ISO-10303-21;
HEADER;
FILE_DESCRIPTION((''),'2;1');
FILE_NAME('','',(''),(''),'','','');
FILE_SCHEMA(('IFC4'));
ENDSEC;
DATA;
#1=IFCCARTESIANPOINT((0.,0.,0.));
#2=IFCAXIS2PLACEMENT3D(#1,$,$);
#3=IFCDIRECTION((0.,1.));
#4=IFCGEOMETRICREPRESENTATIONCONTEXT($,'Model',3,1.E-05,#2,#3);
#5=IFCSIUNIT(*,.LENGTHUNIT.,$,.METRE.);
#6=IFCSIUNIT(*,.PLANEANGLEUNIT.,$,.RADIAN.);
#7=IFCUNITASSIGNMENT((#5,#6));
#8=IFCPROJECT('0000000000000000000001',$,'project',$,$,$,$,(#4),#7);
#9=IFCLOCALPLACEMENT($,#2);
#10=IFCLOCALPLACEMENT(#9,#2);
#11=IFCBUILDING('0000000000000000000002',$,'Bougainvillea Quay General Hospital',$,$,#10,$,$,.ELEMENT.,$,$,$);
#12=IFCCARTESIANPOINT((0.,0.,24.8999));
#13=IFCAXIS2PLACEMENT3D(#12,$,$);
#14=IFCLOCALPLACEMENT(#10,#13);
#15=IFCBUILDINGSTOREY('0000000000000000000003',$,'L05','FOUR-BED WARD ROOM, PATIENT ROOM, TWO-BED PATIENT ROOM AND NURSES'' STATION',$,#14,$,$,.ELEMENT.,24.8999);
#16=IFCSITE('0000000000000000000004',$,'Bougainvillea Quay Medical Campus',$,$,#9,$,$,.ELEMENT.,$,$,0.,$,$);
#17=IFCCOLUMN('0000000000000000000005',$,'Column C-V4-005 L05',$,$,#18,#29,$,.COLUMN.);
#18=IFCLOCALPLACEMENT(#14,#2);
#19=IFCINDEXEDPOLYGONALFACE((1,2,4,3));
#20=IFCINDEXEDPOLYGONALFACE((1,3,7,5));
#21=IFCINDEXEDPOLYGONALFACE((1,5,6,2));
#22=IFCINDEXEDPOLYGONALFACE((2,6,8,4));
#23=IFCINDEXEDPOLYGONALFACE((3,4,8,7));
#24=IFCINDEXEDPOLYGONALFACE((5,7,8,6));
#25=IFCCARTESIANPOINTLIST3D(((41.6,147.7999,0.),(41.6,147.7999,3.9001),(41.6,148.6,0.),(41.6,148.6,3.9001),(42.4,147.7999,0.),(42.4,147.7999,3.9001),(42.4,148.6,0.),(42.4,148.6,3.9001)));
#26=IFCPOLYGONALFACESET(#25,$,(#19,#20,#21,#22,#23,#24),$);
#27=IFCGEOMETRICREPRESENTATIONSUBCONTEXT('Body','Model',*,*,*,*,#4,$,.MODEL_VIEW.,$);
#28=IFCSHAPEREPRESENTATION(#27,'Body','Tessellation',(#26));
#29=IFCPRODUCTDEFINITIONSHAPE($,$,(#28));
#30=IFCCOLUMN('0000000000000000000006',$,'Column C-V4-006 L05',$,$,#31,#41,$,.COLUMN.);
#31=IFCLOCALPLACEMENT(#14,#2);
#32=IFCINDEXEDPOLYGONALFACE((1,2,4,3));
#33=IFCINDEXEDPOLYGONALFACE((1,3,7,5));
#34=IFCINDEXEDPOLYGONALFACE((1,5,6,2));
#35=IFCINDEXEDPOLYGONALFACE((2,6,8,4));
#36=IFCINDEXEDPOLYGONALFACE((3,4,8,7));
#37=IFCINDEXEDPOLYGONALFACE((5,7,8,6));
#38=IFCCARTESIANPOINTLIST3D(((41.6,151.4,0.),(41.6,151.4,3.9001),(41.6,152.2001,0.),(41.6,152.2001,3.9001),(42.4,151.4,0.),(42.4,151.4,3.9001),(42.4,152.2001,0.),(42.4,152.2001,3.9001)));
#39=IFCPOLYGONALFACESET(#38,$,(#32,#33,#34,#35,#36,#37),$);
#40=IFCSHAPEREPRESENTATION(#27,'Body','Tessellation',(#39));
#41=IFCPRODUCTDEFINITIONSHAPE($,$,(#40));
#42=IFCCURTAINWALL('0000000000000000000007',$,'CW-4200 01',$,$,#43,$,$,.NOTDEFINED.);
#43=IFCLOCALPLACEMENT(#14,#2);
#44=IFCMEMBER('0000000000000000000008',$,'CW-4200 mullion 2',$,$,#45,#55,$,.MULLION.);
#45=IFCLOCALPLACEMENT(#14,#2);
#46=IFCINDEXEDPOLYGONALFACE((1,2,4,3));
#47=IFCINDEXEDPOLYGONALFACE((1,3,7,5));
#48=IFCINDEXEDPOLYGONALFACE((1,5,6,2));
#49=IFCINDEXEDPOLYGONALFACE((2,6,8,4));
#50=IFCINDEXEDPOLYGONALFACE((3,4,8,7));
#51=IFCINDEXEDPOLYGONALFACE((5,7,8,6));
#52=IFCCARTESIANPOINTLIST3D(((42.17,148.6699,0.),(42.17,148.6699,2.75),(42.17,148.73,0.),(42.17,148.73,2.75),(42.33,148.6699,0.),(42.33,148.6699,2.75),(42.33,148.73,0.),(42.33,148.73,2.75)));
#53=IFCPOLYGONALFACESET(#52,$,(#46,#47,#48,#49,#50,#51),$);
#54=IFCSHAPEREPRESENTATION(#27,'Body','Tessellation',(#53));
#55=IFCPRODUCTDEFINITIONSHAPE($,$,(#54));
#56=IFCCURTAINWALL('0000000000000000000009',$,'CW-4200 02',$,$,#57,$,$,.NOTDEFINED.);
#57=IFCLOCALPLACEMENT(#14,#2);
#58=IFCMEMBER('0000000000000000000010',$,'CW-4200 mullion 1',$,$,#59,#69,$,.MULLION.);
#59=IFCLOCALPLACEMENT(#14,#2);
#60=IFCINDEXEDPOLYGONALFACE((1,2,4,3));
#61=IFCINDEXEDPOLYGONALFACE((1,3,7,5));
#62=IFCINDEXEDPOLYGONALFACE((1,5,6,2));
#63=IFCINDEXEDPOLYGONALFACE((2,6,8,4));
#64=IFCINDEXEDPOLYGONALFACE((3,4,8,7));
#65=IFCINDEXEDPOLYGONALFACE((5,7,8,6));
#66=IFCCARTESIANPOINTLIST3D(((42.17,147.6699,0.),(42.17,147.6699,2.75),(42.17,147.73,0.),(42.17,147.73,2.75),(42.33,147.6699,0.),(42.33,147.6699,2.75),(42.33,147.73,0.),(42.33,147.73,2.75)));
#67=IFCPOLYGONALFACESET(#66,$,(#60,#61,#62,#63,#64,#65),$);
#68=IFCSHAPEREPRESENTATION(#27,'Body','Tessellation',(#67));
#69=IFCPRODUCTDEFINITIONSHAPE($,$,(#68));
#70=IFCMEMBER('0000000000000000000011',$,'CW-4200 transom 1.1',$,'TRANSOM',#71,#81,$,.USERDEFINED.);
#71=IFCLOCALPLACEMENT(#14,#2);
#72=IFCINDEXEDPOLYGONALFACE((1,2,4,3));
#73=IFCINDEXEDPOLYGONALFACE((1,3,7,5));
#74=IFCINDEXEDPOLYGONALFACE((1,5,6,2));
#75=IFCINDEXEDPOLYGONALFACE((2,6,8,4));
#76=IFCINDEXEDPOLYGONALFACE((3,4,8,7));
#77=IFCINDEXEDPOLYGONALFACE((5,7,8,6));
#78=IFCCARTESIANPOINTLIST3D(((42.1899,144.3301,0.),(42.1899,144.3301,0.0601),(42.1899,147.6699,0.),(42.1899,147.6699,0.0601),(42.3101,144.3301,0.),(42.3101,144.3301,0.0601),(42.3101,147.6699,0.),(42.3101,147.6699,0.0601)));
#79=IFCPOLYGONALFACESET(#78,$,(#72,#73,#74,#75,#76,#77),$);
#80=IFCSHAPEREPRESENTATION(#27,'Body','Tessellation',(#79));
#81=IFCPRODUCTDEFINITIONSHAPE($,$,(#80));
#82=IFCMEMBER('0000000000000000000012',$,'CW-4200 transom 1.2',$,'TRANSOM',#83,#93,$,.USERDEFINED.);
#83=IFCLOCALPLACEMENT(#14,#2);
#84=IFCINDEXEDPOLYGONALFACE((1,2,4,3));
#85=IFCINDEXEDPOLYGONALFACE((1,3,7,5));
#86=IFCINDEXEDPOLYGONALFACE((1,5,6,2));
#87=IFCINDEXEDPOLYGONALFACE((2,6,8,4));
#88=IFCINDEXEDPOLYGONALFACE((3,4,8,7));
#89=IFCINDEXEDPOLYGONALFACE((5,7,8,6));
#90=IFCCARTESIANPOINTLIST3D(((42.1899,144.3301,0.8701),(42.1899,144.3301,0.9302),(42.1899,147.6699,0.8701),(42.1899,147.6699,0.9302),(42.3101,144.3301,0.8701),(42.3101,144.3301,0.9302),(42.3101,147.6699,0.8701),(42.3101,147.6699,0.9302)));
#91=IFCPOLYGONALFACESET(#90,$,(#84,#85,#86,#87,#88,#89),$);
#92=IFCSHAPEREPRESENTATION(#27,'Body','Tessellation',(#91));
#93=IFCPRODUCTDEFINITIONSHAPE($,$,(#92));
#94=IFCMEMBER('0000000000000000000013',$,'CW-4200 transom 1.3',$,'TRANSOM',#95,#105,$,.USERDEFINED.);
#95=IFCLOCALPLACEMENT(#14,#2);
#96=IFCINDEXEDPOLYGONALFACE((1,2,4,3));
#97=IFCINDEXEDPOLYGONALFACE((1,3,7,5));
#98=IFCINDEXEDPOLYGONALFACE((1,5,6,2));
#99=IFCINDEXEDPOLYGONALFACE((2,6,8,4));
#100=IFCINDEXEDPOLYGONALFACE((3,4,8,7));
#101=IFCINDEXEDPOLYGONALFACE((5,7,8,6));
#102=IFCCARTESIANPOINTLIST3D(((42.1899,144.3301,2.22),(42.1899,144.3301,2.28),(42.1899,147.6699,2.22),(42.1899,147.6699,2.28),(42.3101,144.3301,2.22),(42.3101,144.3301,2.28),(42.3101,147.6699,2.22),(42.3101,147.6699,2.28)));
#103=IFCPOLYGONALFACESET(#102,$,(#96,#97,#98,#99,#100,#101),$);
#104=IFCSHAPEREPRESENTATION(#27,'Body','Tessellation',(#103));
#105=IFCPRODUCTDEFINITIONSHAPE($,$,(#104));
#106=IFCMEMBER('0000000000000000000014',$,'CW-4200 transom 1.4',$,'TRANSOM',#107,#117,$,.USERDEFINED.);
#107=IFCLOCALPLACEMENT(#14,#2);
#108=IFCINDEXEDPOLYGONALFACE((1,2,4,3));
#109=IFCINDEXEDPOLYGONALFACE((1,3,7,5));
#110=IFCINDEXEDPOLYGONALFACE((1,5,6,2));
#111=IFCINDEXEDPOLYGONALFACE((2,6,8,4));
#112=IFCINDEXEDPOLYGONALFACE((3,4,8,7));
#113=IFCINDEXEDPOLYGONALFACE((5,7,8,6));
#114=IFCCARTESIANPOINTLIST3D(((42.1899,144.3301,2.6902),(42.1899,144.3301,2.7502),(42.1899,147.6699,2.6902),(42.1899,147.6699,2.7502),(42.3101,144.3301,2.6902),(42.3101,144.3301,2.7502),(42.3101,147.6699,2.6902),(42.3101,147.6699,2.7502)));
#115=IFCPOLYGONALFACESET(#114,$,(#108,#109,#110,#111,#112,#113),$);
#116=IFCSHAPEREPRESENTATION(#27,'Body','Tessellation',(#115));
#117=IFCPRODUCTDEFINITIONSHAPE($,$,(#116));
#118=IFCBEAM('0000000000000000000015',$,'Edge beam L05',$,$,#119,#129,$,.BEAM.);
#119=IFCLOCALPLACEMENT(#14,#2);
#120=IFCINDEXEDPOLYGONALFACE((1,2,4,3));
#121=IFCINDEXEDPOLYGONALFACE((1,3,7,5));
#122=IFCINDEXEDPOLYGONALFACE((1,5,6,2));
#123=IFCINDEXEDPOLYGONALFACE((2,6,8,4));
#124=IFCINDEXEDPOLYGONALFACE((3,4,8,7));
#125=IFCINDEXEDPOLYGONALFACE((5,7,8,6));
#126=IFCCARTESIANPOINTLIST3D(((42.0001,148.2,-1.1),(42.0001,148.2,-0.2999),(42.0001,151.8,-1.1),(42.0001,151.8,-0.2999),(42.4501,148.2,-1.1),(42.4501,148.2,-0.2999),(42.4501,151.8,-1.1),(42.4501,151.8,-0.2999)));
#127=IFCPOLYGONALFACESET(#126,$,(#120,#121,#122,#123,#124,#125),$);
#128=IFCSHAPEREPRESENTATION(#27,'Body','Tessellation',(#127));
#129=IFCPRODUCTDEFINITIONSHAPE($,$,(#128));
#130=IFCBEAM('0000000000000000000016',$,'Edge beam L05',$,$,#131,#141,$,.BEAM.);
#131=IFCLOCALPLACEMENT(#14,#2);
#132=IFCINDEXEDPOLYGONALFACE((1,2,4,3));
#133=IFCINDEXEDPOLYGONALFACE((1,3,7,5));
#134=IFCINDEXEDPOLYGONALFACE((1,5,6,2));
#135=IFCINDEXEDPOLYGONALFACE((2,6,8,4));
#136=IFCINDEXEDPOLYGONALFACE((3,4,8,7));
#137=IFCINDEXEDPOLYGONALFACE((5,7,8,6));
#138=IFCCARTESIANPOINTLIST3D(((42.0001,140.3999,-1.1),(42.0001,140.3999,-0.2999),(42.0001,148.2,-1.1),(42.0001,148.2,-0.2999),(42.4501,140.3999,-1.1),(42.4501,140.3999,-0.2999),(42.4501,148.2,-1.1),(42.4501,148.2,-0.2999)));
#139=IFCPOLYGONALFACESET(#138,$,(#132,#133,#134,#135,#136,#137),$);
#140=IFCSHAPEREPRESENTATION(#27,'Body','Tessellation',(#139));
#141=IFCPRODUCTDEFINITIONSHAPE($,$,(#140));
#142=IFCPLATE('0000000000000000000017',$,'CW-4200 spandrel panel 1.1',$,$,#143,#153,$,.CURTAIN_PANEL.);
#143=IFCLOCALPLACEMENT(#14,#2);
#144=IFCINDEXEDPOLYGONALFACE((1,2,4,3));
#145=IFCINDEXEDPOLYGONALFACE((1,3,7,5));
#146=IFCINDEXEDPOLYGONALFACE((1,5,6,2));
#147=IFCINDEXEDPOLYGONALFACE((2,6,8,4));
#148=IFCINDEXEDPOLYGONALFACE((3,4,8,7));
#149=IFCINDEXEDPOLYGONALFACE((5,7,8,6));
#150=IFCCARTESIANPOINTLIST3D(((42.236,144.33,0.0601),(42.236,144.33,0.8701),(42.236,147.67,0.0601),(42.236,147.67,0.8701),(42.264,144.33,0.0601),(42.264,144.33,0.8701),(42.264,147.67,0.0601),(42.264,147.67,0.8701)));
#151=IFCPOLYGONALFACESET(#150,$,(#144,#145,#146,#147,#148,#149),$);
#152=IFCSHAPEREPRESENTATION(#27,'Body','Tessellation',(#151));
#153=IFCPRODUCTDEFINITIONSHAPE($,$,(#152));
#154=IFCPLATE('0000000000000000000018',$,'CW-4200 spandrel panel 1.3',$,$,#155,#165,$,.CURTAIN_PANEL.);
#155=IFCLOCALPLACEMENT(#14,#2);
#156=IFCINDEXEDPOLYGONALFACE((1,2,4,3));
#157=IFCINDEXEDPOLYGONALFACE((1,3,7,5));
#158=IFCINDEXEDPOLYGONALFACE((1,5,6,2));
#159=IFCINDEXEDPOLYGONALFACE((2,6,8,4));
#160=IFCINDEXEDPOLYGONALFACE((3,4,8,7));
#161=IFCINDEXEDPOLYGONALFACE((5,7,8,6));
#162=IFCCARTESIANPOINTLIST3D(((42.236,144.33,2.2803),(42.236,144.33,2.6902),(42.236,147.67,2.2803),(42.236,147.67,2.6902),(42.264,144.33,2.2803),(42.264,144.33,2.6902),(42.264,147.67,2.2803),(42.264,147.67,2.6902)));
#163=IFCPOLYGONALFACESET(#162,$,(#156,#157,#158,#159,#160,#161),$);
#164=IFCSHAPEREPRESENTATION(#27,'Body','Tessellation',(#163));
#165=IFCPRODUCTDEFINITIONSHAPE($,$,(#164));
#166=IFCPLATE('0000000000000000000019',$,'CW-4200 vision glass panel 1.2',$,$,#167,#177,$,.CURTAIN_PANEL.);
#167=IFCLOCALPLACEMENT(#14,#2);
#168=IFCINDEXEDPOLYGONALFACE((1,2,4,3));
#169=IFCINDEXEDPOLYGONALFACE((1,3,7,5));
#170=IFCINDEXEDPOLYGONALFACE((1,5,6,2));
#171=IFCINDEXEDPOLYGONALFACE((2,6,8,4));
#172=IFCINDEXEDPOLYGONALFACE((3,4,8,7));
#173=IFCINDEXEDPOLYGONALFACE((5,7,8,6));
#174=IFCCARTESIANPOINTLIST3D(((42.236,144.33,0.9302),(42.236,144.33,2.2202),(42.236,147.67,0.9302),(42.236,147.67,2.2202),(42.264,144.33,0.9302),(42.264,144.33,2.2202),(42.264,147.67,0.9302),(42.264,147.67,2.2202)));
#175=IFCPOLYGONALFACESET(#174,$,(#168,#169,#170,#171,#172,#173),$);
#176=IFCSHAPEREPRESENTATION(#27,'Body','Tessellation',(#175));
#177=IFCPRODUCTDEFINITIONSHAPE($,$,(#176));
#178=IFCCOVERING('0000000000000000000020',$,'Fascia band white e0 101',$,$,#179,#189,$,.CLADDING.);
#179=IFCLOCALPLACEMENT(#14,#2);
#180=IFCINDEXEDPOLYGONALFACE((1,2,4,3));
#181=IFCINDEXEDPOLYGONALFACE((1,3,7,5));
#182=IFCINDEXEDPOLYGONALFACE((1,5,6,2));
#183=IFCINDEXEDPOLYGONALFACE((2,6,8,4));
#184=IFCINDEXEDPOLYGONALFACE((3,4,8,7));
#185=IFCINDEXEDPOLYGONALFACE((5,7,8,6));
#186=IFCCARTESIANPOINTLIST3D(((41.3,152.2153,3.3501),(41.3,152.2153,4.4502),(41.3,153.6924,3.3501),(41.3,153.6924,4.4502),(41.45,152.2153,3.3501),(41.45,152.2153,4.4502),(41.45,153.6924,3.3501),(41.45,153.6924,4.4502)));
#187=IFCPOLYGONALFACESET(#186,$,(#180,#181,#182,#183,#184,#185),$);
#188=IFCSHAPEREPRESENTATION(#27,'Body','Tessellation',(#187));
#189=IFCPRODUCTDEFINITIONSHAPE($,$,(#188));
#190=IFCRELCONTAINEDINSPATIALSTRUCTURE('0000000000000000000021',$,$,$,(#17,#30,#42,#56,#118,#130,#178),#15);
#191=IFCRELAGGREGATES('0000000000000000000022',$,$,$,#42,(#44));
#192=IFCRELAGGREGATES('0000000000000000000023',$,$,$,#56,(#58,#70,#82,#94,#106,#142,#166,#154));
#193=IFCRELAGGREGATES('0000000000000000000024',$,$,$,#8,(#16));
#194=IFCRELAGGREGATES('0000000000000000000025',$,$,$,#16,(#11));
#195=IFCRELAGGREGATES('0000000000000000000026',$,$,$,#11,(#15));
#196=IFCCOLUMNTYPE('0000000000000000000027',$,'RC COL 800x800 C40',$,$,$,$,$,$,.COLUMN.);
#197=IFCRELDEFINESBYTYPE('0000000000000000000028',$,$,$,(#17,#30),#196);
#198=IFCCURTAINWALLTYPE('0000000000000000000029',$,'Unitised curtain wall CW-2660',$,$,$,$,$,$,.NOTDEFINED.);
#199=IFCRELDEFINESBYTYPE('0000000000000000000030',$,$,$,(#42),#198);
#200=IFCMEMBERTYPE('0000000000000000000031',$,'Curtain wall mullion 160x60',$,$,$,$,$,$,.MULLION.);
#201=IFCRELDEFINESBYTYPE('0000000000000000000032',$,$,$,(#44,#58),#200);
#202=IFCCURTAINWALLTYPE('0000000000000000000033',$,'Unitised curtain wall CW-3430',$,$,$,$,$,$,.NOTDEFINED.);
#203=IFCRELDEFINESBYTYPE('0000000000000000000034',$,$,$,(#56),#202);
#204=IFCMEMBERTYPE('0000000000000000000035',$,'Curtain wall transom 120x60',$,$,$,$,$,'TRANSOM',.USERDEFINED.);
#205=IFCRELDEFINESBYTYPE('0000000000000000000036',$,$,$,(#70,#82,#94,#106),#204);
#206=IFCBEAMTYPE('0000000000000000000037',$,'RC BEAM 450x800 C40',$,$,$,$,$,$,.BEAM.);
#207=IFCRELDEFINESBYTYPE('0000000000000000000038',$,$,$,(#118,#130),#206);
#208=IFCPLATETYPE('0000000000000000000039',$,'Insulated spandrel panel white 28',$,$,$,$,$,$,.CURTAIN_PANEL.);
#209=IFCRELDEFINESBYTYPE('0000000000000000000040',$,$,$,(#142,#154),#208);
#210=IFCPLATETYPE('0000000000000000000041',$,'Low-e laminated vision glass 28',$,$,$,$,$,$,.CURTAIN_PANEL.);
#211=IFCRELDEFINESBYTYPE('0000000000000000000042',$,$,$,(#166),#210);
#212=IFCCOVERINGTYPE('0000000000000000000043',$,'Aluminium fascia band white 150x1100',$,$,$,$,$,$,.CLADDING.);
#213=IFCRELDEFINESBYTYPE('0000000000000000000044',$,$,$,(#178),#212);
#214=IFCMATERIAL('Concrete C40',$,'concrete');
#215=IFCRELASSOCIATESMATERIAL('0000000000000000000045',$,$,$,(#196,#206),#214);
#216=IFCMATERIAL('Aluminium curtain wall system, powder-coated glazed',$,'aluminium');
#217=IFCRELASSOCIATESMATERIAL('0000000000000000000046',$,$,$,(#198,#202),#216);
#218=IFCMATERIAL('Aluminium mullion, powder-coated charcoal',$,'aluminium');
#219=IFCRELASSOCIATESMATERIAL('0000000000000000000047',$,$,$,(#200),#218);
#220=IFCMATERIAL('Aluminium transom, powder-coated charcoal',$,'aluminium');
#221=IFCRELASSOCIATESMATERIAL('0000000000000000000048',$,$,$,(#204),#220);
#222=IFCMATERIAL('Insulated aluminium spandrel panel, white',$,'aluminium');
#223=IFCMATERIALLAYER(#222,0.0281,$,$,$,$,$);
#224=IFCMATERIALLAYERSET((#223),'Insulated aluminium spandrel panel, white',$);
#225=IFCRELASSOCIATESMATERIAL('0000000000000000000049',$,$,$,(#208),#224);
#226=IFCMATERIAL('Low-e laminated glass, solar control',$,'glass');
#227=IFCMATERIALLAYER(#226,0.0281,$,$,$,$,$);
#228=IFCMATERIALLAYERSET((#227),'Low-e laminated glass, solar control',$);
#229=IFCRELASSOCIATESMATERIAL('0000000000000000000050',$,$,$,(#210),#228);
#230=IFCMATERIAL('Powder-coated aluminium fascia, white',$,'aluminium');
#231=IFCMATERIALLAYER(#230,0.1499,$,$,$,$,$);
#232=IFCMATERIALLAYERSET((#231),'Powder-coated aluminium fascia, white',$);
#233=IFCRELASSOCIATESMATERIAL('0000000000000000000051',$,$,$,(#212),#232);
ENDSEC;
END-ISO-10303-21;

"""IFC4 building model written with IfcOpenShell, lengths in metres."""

from ifc_helpers import new_model, si_unit, direction, frame, origin, origin_2d, place, context, subcontext, project, spatial, polyline, rectangle, outline, extrude, material, layer, layer_set, material_profile, profile_set, type_object, element, aggregate, save


model = new_model("IFC4")

# Units and contexts
model_context = context("Model", 3, precision=1e-05, world=origin(), true_north=direction((0.0, 1.0)))
body_context = subcontext(model_context, "Body", "Model", "MODEL_VIEW")
ifc_project = project(units=[si_unit("LENGTHUNIT", "METRE"), si_unit("PLANEANGLEUNIT", "RADIAN")], contexts=[model_context])

# Site, building, storey
site_placement = place(None, origin())
site = spatial("IfcSite", under=ifc_project, at=site_placement, Name="Bougainvillea Quay Medical Campus", CompositionType="ELEMENT", RefElevation=0.0)
building_placement = place(site_placement, origin())
building = spatial("IfcBuilding", under=site, at=building_placement, Name="Bougainvillea Quay General Hospital", CompositionType="ELEMENT")
storey_placement = place(building_placement, frame((0.0, 0.0, 24.8999)))
storey = spatial("IfcBuildingStorey", under=building, at=storey_placement, Name="L05", Description="FOUR-BED WARD ROOM, PATIENT ROOM, TWO-BED PATIENT ROOM AND NURSES' STATION", CompositionType="ELEMENT", Elevation=24.8999)

# Columns
ifc_material_1 = material(Name="Concrete C40", Category="concrete")
ifc_material_profile_1 = material_profile(ifc_material_1, rectangle(XDim=0.8, YDim=0.8, at=origin_2d()))
ifc_profile_set_1 = profile_set([ifc_material_profile_1], Name="Concrete C40")
column_type = type_object("IfcColumnType", Name="RC COL 800x800 C40", PredefinedType="COLUMN", material=ifc_profile_set_1)
for number, where, z_axis, x_axis, name in (
    (1, (42.0, 148.2, 0.0), (0.0, 0.0, 1.0), (1.0, 0.0, 0.0), "Column C-V4-005 L05"),
    (2, (42.0, 151.8, 0.0), (0.0, 0.0, 1.0), (1.0, 0.0, 0.0), "Column C-V4-006 L05"),
):
    element("IfcColumn", number, at=place(storey_placement, frame(where, z_axis=z_axis, x_axis=x_axis)), inside=storey, type_object=column_type, Name=name, PredefinedType="COLUMN", context=body_context, shape_type="SweptSolid", body=[
        extrude(rectangle(XDim=0.8, YDim=0.8, at=origin_2d()), origin(), (0.0, 0.0, 1.0), 3.9001),
    ])

# Curtain wall, member
ifc_material_2 = material(Name="Aluminium curtain wall system, powder-coated glazed", Category="aluminium")
curtain_wall_type_1 = type_object("IfcCurtainWallType", Name="Unitised curtain wall CW-2660", PredefinedType="NOTDEFINED", material=ifc_material_2)
curtain_wall_1_placement = place(storey_placement, origin())
curtain_wall_1 = element("IfcCurtainWall", 3, at=curtain_wall_1_placement, inside=storey, type_object=curtain_wall_type_1, Name="CW-4200 01", PredefinedType="NOTDEFINED")
ifc_material_3 = material(Name="Aluminium mullion, powder-coated charcoal", Category="aluminium")
ifc_material_profile_2 = material_profile(ifc_material_3, rectangle(XDim=0.1599, YDim=0.0601, at=origin_2d()))
ifc_profile_set_2 = profile_set([ifc_material_profile_2], Name="Aluminium mullion, powder-coated charcoal")
member_type_1 = type_object("IfcMemberType", Name="Curtain wall mullion 160x60", PredefinedType="MULLION", material=ifc_profile_set_2)
member_1_placement = place(storey_placement, frame((42.25, 148.7, 0.0), z_axis=(0.0, 0.0, 1.0), x_axis=(1.0, 0.0, 0.0)))
member_1 = element("IfcMember", 4, at=member_1_placement, type_object=member_type_1, Name="CW-4200 mullion 2", PredefinedType="MULLION", context=body_context, shape_type="SweptSolid", body=[
    extrude(rectangle(XDim=0.1599, YDim=0.0601, at=origin_2d()), origin(), (0.0, 0.0, 1.0), 2.75),
])
aggregate(curtain_wall_1, [member_1])

# Curtain wall, members
curtain_wall_type_2 = type_object("IfcCurtainWallType", Name="Unitised curtain wall CW-3430", PredefinedType="NOTDEFINED", material=ifc_material_2)
curtain_wall_2_placement = place(storey_placement, origin())
curtain_wall_2 = element("IfcCurtainWall", 5, at=curtain_wall_2_placement, inside=storey, type_object=curtain_wall_type_2, Name="CW-4200 02", PredefinedType="NOTDEFINED")
member_2_placement = place(storey_placement, frame((42.25, 147.7, 0.0), z_axis=(0.0, 0.0, 1.0), x_axis=(1.0, 0.0, 0.0)))
member_2 = element("IfcMember", 6, at=member_2_placement, type_object=member_type_1, Name="CW-4200 mullion 1", PredefinedType="MULLION", context=body_context, shape_type="SweptSolid", body=[
    extrude(rectangle(XDim=0.1599, YDim=0.0601, at=origin_2d()), origin(), (0.0, 0.0, 1.0), 2.75),
])
ifc_material_4 = material(Name="Aluminium transom, powder-coated charcoal", Category="aluminium")
ifc_material_profile_3 = material_profile(ifc_material_4, rectangle(XDim=0.1201, YDim=0.0601, at=origin_2d()))
ifc_profile_set_3 = profile_set([ifc_material_profile_3], Name="Aluminium transom, powder-coated charcoal")
member_type_2 = type_object("IfcMemberType", Name="Curtain wall transom 120x60", ElementType="TRANSOM", PredefinedType="USERDEFINED", material=ifc_profile_set_3)
member_3_placement = place(storey_placement, frame((42.25, 147.6699, 0.03), z_axis=(0.0, -1.0, 0.0), x_axis=(1.0, 0.0, 0.0)))
member_3 = element("IfcMember", 7, at=member_3_placement, type_object=member_type_2, Name="CW-4200 transom 1.1", ObjectType="TRANSOM", PredefinedType="USERDEFINED", context=body_context, shape_type="SweptSolid", body=[
    extrude(rectangle(XDim=0.1201, YDim=0.0601, at=origin_2d()), origin(), (0.0, 0.0, 1.0), 3.3398),
])
member_4_placement = place(storey_placement, frame((42.25, 147.6699, 0.9001), z_axis=(0.0, -1.0, 0.0), x_axis=(1.0, 0.0, 0.0)))
member_4 = element("IfcMember", 8, at=member_4_placement, type_object=member_type_2, Name="CW-4200 transom 1.2", ObjectType="TRANSOM", PredefinedType="USERDEFINED", context=body_context, shape_type="SweptSolid", body=[
    extrude(rectangle(XDim=0.1201, YDim=0.0601, at=origin_2d()), origin(), (0.0, 0.0, 1.0), 3.3398),
])
member_5_placement = place(storey_placement, frame((42.25, 147.6699, 2.25), z_axis=(0.0, -1.0, 0.0), x_axis=(1.0, 0.0, 0.0)))
member_5 = element("IfcMember", 9, at=member_5_placement, type_object=member_type_2, Name="CW-4200 transom 1.3", ObjectType="TRANSOM", PredefinedType="USERDEFINED", context=body_context, shape_type="SweptSolid", body=[
    extrude(rectangle(XDim=0.1201, YDim=0.0601, at=origin_2d()), origin(), (0.0, 0.0, 1.0), 3.3398),
])
member_6_placement = place(storey_placement, frame((42.25, 147.6699, 2.7202), z_axis=(0.0, -1.0, 0.0), x_axis=(1.0, 0.0, 0.0)))
member_6 = element("IfcMember", 10, at=member_6_placement, type_object=member_type_2, Name="CW-4200 transom 1.4", ObjectType="TRANSOM", PredefinedType="USERDEFINED", context=body_context, shape_type="SweptSolid", body=[
    extrude(rectangle(XDim=0.1201, YDim=0.0601, at=origin_2d()), origin(), (0.0, 0.0, 1.0), 3.3398),
])

# Beams
ifc_material_profile_4 = material_profile(ifc_material_1, rectangle(XDim=0.45, YDim=0.8, at=origin_2d()))
ifc_profile_set_4 = profile_set([ifc_material_profile_4], Name="Concrete C40")
beam_type = type_object("IfcBeamType", Name="RC BEAM 450x800 C40", PredefinedType="BEAM", material=ifc_profile_set_4)
beam_1_placement = place(storey_placement, frame((42.2251, 151.8, -0.7), z_axis=(0.0, -1.0, 0.0), x_axis=(1.0, 0.0, 0.0)))
element("IfcBeam", 11, at=beam_1_placement, inside=storey, type_object=beam_type, Name="Edge beam L05", PredefinedType="BEAM", context=body_context, shape_type="SweptSolid", body=[
    extrude(rectangle(XDim=0.45, YDim=0.8, at=origin_2d()), origin(), (0.0, 0.0, 1.0), 3.6001),
])
beam_2_placement = place(storey_placement, frame((42.2251, 148.2, -0.7), z_axis=(0.0, -1.0, 0.0), x_axis=(1.0, 0.0, 0.0)))
element("IfcBeam", 12, at=beam_2_placement, inside=storey, type_object=beam_type, Name="Edge beam L05", PredefinedType="BEAM", context=body_context, shape_type="SweptSolid", body=[
    extrude(rectangle(XDim=0.45, YDim=0.8, at=origin_2d()), origin(), (0.0, 0.0, 1.0), 7.8),
])

# Plates
ifc_material_5 = material(Name="Insulated aluminium spandrel panel, white", Category="aluminium")
ifc_layer_1 = layer(ifc_material_5, 0.0281)
ifc_layer_set_1 = layer_set([ifc_layer_1], Name="Insulated aluminium spandrel panel, white")
plate_type_1 = type_object("IfcPlateType", Name="Insulated spandrel panel white 28", PredefinedType="CURTAIN_PANEL", material=ifc_layer_set_1)
plate_1_placement = place(storey_placement, frame((42.25, 146.0, 0.0601), z_axis=(0.0, 0.0, 1.0), x_axis=(0.0, -1.0, 0.0)))
plate_1 = element("IfcPlate", 13, at=plate_1_placement, type_object=plate_type_1, Name="CW-4200 spandrel panel 1.1", PredefinedType="CURTAIN_PANEL", context=body_context, shape_type="SweptSolid", body=[
    extrude(rectangle(XDim=3.3401, YDim=0.0281, at=origin_2d()), origin(), (0.0, 0.0, 1.0), 0.8101),
])
plate_2_placement = place(storey_placement, frame((42.25, 146.0, 2.2803), z_axis=(0.0, 0.0, 1.0), x_axis=(0.0, -1.0, 0.0)))
plate_2 = element("IfcPlate", 14, at=plate_2_placement, type_object=plate_type_1, Name="CW-4200 spandrel panel 1.3", PredefinedType="CURTAIN_PANEL", context=body_context, shape_type="SweptSolid", body=[
    extrude(rectangle(XDim=3.3401, YDim=0.0281, at=origin_2d()), origin(), (0.0, 0.0, 1.0), 0.4099),
])
ifc_material_6 = material(Name="Low-e laminated glass, solar control", Category="glass")
ifc_layer_2 = layer(ifc_material_6, 0.0281)
ifc_layer_set_2 = layer_set([ifc_layer_2], Name="Low-e laminated glass, solar control")
plate_type_2 = type_object("IfcPlateType", Name="Low-e laminated vision glass 28", PredefinedType="CURTAIN_PANEL", material=ifc_layer_set_2)
plate_3_placement = place(storey_placement, frame((42.25, 146.0, 0.9302), z_axis=(0.0, 0.0, 1.0), x_axis=(0.0, -1.0, 0.0)))
plate_3 = element("IfcPlate", 15, at=plate_3_placement, type_object=plate_type_2, Name="CW-4200 vision glass panel 1.2", PredefinedType="CURTAIN_PANEL", context=body_context, shape_type="SweptSolid", body=[
    extrude(rectangle(XDim=3.3401, YDim=0.0281, at=origin_2d()), origin(), (0.0, 0.0, 1.0), 1.29),
])
aggregate(curtain_wall_2, [member_2, member_3, member_4, member_5, member_6, plate_1, plate_3, plate_2])

# Covering
ifc_material_7 = material(Name="Powder-coated aluminium fascia, white", Category="aluminium")
ifc_layer_3 = layer(ifc_material_7, 0.1499)
ifc_layer_set_3 = layer_set([ifc_layer_3], Name="Powder-coated aluminium fascia, white")
covering_type = type_object("IfcCoveringType", Name="Aluminium fascia band white 150x1100", PredefinedType="CLADDING", material=ifc_layer_set_3)
covering_1_placement = place(storey_placement, frame((41.45, 153.6924, 3.3501), z_axis=(0.0, 0.0, 1.0), x_axis=(0.0, -1.0, 0.0)))
element("IfcCovering", 16, at=covering_1_placement, inside=storey, type_object=covering_type, Name="Fascia band white e0 101", PredefinedType="CLADDING", context=body_context, shape_type="SweptSolid", body=[
    extrude(outline(polyline([(0.0, 0.0), (1.4771, 0.0), (1.4771, -0.1499), (0.0, -0.1499), (0.0, 0.0)])), origin(), (0.0, 0.0, 1.0), 1.1001),
])

save(model, "model.ifc")
